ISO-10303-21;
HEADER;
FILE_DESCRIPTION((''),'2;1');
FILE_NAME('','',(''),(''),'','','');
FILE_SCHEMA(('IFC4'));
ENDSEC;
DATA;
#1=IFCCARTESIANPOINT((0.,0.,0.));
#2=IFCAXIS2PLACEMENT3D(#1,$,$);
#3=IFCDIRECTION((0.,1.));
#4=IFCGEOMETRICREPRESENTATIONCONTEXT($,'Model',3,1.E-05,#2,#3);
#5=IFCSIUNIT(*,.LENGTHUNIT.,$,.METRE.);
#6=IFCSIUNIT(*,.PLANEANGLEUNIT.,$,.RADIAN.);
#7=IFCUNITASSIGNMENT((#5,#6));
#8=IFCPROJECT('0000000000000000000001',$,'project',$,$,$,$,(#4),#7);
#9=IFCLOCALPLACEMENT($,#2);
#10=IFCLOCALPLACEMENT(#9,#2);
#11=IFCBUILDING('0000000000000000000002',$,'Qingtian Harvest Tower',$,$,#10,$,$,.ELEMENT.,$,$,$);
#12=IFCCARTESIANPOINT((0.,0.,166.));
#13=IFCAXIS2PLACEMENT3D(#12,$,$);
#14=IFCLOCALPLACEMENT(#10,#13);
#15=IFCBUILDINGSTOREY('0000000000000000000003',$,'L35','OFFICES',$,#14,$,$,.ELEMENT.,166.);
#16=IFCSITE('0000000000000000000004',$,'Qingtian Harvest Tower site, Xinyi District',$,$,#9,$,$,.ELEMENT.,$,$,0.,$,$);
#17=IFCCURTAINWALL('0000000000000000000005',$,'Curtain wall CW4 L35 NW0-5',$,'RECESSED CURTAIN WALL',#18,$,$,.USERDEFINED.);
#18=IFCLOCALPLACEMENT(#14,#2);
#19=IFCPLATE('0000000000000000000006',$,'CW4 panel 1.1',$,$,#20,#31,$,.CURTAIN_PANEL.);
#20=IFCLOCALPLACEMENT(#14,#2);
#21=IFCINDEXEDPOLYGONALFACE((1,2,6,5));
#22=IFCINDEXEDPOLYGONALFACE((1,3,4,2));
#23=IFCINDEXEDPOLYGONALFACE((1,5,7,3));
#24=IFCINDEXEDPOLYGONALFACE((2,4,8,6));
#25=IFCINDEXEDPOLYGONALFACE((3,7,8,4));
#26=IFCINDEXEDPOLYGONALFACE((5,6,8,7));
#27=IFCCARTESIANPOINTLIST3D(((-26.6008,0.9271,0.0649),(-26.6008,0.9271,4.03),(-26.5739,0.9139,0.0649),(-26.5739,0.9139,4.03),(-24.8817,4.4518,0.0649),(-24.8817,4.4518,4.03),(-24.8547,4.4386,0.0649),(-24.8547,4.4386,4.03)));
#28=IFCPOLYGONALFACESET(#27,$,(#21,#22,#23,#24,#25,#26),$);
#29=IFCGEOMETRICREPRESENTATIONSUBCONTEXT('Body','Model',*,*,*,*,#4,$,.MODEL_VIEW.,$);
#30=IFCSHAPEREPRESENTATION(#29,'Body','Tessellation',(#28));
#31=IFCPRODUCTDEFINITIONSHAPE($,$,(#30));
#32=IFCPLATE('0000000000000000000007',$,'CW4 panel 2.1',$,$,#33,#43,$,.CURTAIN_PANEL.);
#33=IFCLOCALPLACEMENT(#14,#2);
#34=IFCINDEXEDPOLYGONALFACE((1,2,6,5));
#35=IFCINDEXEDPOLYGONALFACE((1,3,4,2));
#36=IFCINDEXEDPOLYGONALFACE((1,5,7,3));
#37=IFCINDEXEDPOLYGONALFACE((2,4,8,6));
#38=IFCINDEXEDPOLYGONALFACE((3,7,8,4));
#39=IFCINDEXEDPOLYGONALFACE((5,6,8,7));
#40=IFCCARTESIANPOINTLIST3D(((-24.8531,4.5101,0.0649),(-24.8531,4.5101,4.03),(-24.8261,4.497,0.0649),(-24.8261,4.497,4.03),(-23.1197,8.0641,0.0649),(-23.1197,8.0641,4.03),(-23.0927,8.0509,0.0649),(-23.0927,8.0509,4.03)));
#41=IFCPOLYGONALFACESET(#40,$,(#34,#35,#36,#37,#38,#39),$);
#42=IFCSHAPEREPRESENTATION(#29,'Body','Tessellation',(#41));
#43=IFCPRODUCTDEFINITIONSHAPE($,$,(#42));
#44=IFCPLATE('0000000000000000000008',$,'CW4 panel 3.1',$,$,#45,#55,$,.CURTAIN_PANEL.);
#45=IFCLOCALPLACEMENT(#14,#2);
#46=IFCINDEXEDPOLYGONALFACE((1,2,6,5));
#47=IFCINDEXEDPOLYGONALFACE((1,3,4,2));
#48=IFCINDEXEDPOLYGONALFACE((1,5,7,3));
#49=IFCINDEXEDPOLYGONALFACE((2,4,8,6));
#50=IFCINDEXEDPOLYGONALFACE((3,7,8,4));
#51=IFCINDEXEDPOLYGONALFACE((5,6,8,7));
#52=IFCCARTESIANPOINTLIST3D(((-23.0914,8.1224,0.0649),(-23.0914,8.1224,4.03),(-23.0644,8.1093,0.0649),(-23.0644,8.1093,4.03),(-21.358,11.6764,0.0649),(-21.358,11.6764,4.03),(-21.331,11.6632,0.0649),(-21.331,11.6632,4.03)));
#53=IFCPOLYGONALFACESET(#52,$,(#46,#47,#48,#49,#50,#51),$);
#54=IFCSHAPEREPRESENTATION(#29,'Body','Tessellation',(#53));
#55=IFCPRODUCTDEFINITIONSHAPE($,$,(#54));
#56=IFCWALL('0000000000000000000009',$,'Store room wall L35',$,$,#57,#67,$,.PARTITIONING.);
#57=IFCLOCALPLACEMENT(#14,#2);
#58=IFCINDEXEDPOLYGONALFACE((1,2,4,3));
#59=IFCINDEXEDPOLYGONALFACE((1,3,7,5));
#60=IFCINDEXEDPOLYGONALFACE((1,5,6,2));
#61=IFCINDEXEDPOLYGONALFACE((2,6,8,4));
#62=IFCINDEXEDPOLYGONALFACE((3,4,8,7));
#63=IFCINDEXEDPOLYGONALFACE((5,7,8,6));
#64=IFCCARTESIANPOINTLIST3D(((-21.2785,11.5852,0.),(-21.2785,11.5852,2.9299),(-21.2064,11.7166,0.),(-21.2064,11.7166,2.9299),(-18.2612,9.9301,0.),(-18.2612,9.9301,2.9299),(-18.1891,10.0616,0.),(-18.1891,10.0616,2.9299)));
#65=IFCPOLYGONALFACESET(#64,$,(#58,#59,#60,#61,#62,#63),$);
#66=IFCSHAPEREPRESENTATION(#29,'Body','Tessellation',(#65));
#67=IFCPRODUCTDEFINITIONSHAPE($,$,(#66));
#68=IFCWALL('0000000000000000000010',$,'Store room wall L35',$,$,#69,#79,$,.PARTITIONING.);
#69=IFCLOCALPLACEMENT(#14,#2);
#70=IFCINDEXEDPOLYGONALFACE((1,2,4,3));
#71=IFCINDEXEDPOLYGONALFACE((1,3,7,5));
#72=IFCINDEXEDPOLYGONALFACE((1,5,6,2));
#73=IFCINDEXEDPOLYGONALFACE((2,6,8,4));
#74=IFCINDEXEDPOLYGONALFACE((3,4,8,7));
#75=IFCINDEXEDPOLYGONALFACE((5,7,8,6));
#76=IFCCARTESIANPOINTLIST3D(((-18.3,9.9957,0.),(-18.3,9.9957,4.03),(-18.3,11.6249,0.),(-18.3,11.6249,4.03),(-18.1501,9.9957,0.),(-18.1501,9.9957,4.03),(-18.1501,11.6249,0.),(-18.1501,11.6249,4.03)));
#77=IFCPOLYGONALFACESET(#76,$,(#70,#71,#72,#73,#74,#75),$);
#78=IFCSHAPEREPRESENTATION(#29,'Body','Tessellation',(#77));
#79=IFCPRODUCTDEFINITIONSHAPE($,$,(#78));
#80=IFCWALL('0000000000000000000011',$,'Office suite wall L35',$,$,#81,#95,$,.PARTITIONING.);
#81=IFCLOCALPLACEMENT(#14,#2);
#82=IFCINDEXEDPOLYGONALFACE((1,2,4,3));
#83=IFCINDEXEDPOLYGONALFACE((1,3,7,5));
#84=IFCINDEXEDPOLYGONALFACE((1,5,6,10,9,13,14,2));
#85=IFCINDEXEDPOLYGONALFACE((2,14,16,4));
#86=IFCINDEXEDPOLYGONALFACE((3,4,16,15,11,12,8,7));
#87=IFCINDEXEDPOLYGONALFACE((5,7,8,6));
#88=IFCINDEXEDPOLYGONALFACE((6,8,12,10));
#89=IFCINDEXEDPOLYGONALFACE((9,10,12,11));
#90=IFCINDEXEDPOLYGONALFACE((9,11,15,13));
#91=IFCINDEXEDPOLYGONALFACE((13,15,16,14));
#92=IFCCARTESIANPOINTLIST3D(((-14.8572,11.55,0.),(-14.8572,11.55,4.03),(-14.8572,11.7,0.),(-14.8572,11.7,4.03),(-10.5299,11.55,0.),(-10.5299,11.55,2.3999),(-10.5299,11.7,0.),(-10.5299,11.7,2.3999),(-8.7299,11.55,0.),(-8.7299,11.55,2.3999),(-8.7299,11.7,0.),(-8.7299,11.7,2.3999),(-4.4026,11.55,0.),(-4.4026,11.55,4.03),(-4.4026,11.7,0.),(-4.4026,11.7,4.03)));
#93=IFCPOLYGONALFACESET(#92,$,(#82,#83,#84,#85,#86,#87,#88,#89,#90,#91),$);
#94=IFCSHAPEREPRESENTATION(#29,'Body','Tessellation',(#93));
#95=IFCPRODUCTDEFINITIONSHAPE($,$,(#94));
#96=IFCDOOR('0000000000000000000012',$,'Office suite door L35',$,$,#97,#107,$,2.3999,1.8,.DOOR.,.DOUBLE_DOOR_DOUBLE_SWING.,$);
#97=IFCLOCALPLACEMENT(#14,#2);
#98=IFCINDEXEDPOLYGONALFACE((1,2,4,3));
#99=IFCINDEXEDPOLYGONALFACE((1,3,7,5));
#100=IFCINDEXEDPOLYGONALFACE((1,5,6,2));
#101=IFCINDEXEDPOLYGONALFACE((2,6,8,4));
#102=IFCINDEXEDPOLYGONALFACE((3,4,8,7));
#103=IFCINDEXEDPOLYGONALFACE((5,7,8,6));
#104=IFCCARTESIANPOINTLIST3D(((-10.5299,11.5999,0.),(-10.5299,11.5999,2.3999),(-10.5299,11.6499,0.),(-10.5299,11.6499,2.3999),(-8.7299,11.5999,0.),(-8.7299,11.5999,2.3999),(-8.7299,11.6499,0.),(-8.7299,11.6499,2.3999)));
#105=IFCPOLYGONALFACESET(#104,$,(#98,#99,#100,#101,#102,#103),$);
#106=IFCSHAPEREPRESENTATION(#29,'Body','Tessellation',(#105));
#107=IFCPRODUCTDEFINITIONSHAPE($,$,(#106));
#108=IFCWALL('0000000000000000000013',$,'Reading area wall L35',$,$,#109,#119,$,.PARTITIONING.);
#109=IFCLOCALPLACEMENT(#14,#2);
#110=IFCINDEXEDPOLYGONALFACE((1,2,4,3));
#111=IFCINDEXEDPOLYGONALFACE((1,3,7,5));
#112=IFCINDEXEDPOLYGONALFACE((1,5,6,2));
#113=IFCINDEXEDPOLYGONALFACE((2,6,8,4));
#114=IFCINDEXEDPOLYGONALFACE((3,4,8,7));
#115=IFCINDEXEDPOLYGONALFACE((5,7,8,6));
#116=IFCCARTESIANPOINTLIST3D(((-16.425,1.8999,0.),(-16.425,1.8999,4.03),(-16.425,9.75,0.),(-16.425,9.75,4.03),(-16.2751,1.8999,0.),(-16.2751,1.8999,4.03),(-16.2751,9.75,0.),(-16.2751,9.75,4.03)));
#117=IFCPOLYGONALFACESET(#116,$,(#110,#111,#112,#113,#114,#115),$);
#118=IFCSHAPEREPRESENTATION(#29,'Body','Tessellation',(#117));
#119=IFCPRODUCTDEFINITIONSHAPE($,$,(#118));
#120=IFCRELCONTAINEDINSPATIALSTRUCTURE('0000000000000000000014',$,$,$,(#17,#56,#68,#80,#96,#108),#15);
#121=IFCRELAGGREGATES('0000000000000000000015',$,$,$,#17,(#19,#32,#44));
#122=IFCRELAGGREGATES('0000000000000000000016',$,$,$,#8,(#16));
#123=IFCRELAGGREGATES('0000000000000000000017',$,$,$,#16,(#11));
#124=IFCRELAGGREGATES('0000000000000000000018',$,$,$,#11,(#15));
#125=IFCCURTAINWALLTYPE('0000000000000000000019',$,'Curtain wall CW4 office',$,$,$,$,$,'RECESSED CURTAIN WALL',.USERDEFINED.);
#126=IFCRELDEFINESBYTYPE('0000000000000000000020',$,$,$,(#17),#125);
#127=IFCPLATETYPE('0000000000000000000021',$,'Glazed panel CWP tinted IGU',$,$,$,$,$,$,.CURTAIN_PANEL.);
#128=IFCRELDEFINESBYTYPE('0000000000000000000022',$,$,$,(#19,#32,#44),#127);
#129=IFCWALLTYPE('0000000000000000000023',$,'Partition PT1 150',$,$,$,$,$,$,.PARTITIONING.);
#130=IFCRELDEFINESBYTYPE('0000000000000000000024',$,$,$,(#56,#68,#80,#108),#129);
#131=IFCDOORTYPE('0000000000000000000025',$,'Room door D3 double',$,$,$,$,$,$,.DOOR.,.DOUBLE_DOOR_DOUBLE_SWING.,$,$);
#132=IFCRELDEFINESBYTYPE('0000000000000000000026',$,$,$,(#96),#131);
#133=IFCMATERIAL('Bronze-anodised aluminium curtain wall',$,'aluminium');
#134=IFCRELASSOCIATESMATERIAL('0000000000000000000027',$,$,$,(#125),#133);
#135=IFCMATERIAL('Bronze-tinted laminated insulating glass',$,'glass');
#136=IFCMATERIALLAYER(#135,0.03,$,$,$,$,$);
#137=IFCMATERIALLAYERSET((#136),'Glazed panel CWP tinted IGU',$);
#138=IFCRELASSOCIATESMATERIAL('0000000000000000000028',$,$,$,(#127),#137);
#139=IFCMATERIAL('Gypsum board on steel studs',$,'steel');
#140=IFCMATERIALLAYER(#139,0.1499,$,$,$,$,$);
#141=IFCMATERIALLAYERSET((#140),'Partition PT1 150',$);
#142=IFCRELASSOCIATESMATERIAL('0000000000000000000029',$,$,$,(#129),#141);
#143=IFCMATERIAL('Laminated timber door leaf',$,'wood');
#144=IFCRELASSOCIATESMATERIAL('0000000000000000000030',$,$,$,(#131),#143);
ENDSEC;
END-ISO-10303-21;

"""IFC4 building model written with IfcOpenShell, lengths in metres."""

from ifc_helpers import new_model, si_unit, direction, frame, frame_2d, origin, origin_2d, place, context, subcontext, project, spatial, rectangle, extrude, material, layer, layer_set, type_object, element, fill, aggregate, save


model = new_model("IFC4")

# Units and contexts
model_context = context("Model", 3, precision=1e-05, world=origin(), true_north=direction((0.0, 1.0)))
body_context = subcontext(model_context, "Body", "Model", "MODEL_VIEW")
ifc_project = project(units=[si_unit("LENGTHUNIT", "METRE"), si_unit("PLANEANGLEUNIT", "RADIAN")], contexts=[model_context])

# Site, building, storey
site_placement = place(None, origin())
site = spatial("IfcSite", under=ifc_project, at=site_placement, Name="Qingtian Harvest Tower site, Xinyi District", CompositionType="ELEMENT", RefElevation=0.0)
building_placement = place(site_placement, origin())
building = spatial("IfcBuilding", under=site, at=building_placement, Name="Qingtian Harvest Tower", CompositionType="ELEMENT")
storey_placement = place(building_placement, frame((0.0, 0.0, 166.0)))
storey = spatial("IfcBuildingStorey", under=building, at=storey_placement, Name="L35", Description="OFFICES", CompositionType="ELEMENT", Elevation=166.0)

# Shared definitions
ifc_material_1 = material(Name="Bronze-anodised aluminium curtain wall", Category="aluminium")
curtain_wall_type = type_object("IfcCurtainWallType", Name="Curtain wall CW4 office", ElementType="RECESSED CURTAIN WALL", PredefinedType="USERDEFINED", material=ifc_material_1)

# Curtain wall
curtain_wall_1_placement = place(storey_placement, origin())
curtain_wall_1 = element("IfcCurtainWall", 1, at=curtain_wall_1_placement, inside=storey, type_object=curtain_wall_type, Name="Curtain wall CW4 L35 NW0-5", ObjectType="RECESSED CURTAIN WALL", PredefinedType="USERDEFINED")

# Plates
ifc_material_2 = material(Name="Bronze-tinted laminated insulating glass", Category="glass")
ifc_layer_1 = layer(ifc_material_2, 0.03)
ifc_layer_set_1 = layer_set([ifc_layer_1], Name="Glazed panel CWP tinted IGU")
plate_type = type_object("IfcPlateType", Name="Glazed panel CWP tinted IGU", PredefinedType="CURTAIN_PANEL", material=ifc_layer_set_1)
plate_1_placement = place(storey_placement, frame((-25.7278, 2.6829, 0.0649), z_axis=(0.0, 0.0, 1.0), x_axis=(0.438371, 0.898794, 0.0)))
plate_1 = element("IfcPlate", 2, at=plate_1_placement, type_object=plate_type, Name="CW4 panel 1.1", PredefinedType="CURTAIN_PANEL", context=body_context, shape_type="SweptSolid", body=[
    extrude(rectangle(XDim=3.9216, YDim=0.03, at=origin_2d()), origin(), (0.0, 0.0, 1.0), 3.9651),
])
plate_2_placement = place(storey_placement, frame((-23.9729, 6.2805, 0.0649), z_axis=(0.0, 0.0, 1.0), x_axis=(0.438371, 0.898794, 0.0)))
plate_2 = element("IfcPlate", 3, at=plate_2_placement, type_object=plate_type, Name="CW4 panel 2.1", PredefinedType="CURTAIN_PANEL", context=body_context, shape_type="SweptSolid", body=[
    extrude(rectangle(XDim=3.9541, YDim=0.03, at=origin_2d()), origin(), (0.0, 0.0, 1.0), 3.9651),
])
plate_3_placement = place(storey_placement, frame((-22.2112, 9.8928, 0.0649), z_axis=(0.0, 0.0, 1.0), x_axis=(0.438371, 0.898794, 0.0)))
plate_3 = element("IfcPlate", 4, at=plate_3_placement, type_object=plate_type, Name="CW4 panel 3.1", PredefinedType="CURTAIN_PANEL", context=body_context, shape_type="SweptSolid", body=[
    extrude(rectangle(XDim=3.9541, YDim=0.03, at=origin_2d()), origin(), (0.0, 0.0, 1.0), 3.9651),
])
aggregate(curtain_wall_1, [plate_1, plate_2, plate_3])

# Walls
ifc_material_3 = material(Name="Gypsum board on steel studs", Category="steel")
ifc_layer_2 = layer(ifc_material_3, 0.1499)
ifc_layer_set_2 = layer_set([ifc_layer_2], Name="Partition PT1 150")
wall_type = type_object("IfcWallType", Name="Partition PT1 150", PredefinedType="PARTITIONING", material=ifc_layer_set_2)
wall_1_placement = place(storey_placement, frame((-21.2424, 11.6509, 0.0), z_axis=(0.0, 0.0, 1.0), x_axis=(0.876768, -0.480914, 0.0)))
element("IfcWall", 5, at=wall_1_placement, inside=storey, type_object=wall_type, Name="Store room wall L35", PredefinedType="PARTITIONING", context=body_context, shape_type="SweptSolid", body=[
    extrude(rectangle(XDim=3.4414, YDim=0.1499, at=frame_2d((1.7207, 0.0))), origin(), (0.0, 0.0, 1.0), 2.9299),
])
wall_2_placement = place(storey_placement, frame((-18.2251, 9.9958, 0.0), z_axis=(0.0, 0.0, 1.0), x_axis=(0.0, 1.0, 0.0)))
element("IfcWall", 6, at=wall_2_placement, inside=storey, type_object=wall_type, Name="Store room wall L35", PredefinedType="PARTITIONING", context=body_context, shape_type="SweptSolid", body=[
    extrude(rectangle(XDim=1.6292, YDim=0.1499, at=frame_2d((0.8145, 0.0))), origin(), (0.0, 0.0, 1.0), 4.03),
])

# Wall, opening, door
wall_3_placement = place(storey_placement, frame((-14.8572, 11.625, 0.0), z_axis=(0.0, 0.0, 1.0), x_axis=(1.0, 0.0, 0.0)))
wall_3 = element("IfcWall", 7, at=wall_3_placement, inside=storey, type_object=wall_type, Name="Office suite wall L35", PredefinedType="PARTITIONING", context=body_context, shape_type="SweptSolid", body=[
    extrude(rectangle(XDim=10.4546, YDim=0.1499, at=frame_2d((5.2273, 0.0))), origin(), (0.0, 0.0, 1.0), 4.03),
])
opening_1_placement = place(wall_3_placement, frame((4.3274, 0.0, 0.0)))
opening_1 = element("IfcOpeningElement", 8, at=opening_1_placement, cuts=wall_3, PredefinedType="OPENING", context=body_context, shape_type="SweptSolid", body=[
    extrude(rectangle(XDim=1.8, YDim=2.3999, at=frame_2d((0.8999, 1.2))), frame((0.0, 0.085, 0.0), z_axis=(0.0, -1.0, 0.0), x_axis=(1.0, 0.0, 0.0)), (0.0, 0.0, 1.0), 0.1699),
])
ifc_material_4 = material(Name="Laminated timber door leaf", Category="wood")
door_type_1 = type_object("IfcDoorType", Name="Room door D3 double", OperationType="DOUBLE_DOOR_DOUBLE_SWING", PredefinedType="DOOR", material=ifc_material_4)
door_1_placement = place(opening_1_placement, origin())
door_1 = element("IfcDoor", 9, at=door_1_placement, inside=storey, type_object=door_type_1, Name="Office suite door L35", OperationType="DOUBLE_DOOR_DOUBLE_SWING", OverallHeight=2.3999, OverallWidth=1.8, PredefinedType="DOOR", context=body_context, shape_type="SweptSolid", body=[
    extrude(rectangle(XDim=1.8, YDim=2.3999, at=frame_2d((0.8999, 1.2))), frame((0.0, 0.0249, 0.0), z_axis=(0.0, -1.0, 0.0), x_axis=(1.0, 0.0, 0.0)), (0.0, 0.0, 1.0), 0.05),
])
fill(opening_1, door_1)

# Wall
wall_4_placement = place(storey_placement, frame((-16.3501, 1.8999, 0.0), z_axis=(0.0, 0.0, 1.0), x_axis=(0.0, 1.0, 0.0)))
element("IfcWall", 10, at=wall_4_placement, inside=storey, type_object=wall_type, Name="Reading area wall L35", PredefinedType="PARTITIONING", context=body_context, shape_type="SweptSolid", body=[
    extrude(rectangle(XDim=7.8501, YDim=0.1499, at=frame_2d((3.925, 0.0))), origin(), (0.0, 0.0, 1.0), 4.03),
])

save(model, "model.ifc")
